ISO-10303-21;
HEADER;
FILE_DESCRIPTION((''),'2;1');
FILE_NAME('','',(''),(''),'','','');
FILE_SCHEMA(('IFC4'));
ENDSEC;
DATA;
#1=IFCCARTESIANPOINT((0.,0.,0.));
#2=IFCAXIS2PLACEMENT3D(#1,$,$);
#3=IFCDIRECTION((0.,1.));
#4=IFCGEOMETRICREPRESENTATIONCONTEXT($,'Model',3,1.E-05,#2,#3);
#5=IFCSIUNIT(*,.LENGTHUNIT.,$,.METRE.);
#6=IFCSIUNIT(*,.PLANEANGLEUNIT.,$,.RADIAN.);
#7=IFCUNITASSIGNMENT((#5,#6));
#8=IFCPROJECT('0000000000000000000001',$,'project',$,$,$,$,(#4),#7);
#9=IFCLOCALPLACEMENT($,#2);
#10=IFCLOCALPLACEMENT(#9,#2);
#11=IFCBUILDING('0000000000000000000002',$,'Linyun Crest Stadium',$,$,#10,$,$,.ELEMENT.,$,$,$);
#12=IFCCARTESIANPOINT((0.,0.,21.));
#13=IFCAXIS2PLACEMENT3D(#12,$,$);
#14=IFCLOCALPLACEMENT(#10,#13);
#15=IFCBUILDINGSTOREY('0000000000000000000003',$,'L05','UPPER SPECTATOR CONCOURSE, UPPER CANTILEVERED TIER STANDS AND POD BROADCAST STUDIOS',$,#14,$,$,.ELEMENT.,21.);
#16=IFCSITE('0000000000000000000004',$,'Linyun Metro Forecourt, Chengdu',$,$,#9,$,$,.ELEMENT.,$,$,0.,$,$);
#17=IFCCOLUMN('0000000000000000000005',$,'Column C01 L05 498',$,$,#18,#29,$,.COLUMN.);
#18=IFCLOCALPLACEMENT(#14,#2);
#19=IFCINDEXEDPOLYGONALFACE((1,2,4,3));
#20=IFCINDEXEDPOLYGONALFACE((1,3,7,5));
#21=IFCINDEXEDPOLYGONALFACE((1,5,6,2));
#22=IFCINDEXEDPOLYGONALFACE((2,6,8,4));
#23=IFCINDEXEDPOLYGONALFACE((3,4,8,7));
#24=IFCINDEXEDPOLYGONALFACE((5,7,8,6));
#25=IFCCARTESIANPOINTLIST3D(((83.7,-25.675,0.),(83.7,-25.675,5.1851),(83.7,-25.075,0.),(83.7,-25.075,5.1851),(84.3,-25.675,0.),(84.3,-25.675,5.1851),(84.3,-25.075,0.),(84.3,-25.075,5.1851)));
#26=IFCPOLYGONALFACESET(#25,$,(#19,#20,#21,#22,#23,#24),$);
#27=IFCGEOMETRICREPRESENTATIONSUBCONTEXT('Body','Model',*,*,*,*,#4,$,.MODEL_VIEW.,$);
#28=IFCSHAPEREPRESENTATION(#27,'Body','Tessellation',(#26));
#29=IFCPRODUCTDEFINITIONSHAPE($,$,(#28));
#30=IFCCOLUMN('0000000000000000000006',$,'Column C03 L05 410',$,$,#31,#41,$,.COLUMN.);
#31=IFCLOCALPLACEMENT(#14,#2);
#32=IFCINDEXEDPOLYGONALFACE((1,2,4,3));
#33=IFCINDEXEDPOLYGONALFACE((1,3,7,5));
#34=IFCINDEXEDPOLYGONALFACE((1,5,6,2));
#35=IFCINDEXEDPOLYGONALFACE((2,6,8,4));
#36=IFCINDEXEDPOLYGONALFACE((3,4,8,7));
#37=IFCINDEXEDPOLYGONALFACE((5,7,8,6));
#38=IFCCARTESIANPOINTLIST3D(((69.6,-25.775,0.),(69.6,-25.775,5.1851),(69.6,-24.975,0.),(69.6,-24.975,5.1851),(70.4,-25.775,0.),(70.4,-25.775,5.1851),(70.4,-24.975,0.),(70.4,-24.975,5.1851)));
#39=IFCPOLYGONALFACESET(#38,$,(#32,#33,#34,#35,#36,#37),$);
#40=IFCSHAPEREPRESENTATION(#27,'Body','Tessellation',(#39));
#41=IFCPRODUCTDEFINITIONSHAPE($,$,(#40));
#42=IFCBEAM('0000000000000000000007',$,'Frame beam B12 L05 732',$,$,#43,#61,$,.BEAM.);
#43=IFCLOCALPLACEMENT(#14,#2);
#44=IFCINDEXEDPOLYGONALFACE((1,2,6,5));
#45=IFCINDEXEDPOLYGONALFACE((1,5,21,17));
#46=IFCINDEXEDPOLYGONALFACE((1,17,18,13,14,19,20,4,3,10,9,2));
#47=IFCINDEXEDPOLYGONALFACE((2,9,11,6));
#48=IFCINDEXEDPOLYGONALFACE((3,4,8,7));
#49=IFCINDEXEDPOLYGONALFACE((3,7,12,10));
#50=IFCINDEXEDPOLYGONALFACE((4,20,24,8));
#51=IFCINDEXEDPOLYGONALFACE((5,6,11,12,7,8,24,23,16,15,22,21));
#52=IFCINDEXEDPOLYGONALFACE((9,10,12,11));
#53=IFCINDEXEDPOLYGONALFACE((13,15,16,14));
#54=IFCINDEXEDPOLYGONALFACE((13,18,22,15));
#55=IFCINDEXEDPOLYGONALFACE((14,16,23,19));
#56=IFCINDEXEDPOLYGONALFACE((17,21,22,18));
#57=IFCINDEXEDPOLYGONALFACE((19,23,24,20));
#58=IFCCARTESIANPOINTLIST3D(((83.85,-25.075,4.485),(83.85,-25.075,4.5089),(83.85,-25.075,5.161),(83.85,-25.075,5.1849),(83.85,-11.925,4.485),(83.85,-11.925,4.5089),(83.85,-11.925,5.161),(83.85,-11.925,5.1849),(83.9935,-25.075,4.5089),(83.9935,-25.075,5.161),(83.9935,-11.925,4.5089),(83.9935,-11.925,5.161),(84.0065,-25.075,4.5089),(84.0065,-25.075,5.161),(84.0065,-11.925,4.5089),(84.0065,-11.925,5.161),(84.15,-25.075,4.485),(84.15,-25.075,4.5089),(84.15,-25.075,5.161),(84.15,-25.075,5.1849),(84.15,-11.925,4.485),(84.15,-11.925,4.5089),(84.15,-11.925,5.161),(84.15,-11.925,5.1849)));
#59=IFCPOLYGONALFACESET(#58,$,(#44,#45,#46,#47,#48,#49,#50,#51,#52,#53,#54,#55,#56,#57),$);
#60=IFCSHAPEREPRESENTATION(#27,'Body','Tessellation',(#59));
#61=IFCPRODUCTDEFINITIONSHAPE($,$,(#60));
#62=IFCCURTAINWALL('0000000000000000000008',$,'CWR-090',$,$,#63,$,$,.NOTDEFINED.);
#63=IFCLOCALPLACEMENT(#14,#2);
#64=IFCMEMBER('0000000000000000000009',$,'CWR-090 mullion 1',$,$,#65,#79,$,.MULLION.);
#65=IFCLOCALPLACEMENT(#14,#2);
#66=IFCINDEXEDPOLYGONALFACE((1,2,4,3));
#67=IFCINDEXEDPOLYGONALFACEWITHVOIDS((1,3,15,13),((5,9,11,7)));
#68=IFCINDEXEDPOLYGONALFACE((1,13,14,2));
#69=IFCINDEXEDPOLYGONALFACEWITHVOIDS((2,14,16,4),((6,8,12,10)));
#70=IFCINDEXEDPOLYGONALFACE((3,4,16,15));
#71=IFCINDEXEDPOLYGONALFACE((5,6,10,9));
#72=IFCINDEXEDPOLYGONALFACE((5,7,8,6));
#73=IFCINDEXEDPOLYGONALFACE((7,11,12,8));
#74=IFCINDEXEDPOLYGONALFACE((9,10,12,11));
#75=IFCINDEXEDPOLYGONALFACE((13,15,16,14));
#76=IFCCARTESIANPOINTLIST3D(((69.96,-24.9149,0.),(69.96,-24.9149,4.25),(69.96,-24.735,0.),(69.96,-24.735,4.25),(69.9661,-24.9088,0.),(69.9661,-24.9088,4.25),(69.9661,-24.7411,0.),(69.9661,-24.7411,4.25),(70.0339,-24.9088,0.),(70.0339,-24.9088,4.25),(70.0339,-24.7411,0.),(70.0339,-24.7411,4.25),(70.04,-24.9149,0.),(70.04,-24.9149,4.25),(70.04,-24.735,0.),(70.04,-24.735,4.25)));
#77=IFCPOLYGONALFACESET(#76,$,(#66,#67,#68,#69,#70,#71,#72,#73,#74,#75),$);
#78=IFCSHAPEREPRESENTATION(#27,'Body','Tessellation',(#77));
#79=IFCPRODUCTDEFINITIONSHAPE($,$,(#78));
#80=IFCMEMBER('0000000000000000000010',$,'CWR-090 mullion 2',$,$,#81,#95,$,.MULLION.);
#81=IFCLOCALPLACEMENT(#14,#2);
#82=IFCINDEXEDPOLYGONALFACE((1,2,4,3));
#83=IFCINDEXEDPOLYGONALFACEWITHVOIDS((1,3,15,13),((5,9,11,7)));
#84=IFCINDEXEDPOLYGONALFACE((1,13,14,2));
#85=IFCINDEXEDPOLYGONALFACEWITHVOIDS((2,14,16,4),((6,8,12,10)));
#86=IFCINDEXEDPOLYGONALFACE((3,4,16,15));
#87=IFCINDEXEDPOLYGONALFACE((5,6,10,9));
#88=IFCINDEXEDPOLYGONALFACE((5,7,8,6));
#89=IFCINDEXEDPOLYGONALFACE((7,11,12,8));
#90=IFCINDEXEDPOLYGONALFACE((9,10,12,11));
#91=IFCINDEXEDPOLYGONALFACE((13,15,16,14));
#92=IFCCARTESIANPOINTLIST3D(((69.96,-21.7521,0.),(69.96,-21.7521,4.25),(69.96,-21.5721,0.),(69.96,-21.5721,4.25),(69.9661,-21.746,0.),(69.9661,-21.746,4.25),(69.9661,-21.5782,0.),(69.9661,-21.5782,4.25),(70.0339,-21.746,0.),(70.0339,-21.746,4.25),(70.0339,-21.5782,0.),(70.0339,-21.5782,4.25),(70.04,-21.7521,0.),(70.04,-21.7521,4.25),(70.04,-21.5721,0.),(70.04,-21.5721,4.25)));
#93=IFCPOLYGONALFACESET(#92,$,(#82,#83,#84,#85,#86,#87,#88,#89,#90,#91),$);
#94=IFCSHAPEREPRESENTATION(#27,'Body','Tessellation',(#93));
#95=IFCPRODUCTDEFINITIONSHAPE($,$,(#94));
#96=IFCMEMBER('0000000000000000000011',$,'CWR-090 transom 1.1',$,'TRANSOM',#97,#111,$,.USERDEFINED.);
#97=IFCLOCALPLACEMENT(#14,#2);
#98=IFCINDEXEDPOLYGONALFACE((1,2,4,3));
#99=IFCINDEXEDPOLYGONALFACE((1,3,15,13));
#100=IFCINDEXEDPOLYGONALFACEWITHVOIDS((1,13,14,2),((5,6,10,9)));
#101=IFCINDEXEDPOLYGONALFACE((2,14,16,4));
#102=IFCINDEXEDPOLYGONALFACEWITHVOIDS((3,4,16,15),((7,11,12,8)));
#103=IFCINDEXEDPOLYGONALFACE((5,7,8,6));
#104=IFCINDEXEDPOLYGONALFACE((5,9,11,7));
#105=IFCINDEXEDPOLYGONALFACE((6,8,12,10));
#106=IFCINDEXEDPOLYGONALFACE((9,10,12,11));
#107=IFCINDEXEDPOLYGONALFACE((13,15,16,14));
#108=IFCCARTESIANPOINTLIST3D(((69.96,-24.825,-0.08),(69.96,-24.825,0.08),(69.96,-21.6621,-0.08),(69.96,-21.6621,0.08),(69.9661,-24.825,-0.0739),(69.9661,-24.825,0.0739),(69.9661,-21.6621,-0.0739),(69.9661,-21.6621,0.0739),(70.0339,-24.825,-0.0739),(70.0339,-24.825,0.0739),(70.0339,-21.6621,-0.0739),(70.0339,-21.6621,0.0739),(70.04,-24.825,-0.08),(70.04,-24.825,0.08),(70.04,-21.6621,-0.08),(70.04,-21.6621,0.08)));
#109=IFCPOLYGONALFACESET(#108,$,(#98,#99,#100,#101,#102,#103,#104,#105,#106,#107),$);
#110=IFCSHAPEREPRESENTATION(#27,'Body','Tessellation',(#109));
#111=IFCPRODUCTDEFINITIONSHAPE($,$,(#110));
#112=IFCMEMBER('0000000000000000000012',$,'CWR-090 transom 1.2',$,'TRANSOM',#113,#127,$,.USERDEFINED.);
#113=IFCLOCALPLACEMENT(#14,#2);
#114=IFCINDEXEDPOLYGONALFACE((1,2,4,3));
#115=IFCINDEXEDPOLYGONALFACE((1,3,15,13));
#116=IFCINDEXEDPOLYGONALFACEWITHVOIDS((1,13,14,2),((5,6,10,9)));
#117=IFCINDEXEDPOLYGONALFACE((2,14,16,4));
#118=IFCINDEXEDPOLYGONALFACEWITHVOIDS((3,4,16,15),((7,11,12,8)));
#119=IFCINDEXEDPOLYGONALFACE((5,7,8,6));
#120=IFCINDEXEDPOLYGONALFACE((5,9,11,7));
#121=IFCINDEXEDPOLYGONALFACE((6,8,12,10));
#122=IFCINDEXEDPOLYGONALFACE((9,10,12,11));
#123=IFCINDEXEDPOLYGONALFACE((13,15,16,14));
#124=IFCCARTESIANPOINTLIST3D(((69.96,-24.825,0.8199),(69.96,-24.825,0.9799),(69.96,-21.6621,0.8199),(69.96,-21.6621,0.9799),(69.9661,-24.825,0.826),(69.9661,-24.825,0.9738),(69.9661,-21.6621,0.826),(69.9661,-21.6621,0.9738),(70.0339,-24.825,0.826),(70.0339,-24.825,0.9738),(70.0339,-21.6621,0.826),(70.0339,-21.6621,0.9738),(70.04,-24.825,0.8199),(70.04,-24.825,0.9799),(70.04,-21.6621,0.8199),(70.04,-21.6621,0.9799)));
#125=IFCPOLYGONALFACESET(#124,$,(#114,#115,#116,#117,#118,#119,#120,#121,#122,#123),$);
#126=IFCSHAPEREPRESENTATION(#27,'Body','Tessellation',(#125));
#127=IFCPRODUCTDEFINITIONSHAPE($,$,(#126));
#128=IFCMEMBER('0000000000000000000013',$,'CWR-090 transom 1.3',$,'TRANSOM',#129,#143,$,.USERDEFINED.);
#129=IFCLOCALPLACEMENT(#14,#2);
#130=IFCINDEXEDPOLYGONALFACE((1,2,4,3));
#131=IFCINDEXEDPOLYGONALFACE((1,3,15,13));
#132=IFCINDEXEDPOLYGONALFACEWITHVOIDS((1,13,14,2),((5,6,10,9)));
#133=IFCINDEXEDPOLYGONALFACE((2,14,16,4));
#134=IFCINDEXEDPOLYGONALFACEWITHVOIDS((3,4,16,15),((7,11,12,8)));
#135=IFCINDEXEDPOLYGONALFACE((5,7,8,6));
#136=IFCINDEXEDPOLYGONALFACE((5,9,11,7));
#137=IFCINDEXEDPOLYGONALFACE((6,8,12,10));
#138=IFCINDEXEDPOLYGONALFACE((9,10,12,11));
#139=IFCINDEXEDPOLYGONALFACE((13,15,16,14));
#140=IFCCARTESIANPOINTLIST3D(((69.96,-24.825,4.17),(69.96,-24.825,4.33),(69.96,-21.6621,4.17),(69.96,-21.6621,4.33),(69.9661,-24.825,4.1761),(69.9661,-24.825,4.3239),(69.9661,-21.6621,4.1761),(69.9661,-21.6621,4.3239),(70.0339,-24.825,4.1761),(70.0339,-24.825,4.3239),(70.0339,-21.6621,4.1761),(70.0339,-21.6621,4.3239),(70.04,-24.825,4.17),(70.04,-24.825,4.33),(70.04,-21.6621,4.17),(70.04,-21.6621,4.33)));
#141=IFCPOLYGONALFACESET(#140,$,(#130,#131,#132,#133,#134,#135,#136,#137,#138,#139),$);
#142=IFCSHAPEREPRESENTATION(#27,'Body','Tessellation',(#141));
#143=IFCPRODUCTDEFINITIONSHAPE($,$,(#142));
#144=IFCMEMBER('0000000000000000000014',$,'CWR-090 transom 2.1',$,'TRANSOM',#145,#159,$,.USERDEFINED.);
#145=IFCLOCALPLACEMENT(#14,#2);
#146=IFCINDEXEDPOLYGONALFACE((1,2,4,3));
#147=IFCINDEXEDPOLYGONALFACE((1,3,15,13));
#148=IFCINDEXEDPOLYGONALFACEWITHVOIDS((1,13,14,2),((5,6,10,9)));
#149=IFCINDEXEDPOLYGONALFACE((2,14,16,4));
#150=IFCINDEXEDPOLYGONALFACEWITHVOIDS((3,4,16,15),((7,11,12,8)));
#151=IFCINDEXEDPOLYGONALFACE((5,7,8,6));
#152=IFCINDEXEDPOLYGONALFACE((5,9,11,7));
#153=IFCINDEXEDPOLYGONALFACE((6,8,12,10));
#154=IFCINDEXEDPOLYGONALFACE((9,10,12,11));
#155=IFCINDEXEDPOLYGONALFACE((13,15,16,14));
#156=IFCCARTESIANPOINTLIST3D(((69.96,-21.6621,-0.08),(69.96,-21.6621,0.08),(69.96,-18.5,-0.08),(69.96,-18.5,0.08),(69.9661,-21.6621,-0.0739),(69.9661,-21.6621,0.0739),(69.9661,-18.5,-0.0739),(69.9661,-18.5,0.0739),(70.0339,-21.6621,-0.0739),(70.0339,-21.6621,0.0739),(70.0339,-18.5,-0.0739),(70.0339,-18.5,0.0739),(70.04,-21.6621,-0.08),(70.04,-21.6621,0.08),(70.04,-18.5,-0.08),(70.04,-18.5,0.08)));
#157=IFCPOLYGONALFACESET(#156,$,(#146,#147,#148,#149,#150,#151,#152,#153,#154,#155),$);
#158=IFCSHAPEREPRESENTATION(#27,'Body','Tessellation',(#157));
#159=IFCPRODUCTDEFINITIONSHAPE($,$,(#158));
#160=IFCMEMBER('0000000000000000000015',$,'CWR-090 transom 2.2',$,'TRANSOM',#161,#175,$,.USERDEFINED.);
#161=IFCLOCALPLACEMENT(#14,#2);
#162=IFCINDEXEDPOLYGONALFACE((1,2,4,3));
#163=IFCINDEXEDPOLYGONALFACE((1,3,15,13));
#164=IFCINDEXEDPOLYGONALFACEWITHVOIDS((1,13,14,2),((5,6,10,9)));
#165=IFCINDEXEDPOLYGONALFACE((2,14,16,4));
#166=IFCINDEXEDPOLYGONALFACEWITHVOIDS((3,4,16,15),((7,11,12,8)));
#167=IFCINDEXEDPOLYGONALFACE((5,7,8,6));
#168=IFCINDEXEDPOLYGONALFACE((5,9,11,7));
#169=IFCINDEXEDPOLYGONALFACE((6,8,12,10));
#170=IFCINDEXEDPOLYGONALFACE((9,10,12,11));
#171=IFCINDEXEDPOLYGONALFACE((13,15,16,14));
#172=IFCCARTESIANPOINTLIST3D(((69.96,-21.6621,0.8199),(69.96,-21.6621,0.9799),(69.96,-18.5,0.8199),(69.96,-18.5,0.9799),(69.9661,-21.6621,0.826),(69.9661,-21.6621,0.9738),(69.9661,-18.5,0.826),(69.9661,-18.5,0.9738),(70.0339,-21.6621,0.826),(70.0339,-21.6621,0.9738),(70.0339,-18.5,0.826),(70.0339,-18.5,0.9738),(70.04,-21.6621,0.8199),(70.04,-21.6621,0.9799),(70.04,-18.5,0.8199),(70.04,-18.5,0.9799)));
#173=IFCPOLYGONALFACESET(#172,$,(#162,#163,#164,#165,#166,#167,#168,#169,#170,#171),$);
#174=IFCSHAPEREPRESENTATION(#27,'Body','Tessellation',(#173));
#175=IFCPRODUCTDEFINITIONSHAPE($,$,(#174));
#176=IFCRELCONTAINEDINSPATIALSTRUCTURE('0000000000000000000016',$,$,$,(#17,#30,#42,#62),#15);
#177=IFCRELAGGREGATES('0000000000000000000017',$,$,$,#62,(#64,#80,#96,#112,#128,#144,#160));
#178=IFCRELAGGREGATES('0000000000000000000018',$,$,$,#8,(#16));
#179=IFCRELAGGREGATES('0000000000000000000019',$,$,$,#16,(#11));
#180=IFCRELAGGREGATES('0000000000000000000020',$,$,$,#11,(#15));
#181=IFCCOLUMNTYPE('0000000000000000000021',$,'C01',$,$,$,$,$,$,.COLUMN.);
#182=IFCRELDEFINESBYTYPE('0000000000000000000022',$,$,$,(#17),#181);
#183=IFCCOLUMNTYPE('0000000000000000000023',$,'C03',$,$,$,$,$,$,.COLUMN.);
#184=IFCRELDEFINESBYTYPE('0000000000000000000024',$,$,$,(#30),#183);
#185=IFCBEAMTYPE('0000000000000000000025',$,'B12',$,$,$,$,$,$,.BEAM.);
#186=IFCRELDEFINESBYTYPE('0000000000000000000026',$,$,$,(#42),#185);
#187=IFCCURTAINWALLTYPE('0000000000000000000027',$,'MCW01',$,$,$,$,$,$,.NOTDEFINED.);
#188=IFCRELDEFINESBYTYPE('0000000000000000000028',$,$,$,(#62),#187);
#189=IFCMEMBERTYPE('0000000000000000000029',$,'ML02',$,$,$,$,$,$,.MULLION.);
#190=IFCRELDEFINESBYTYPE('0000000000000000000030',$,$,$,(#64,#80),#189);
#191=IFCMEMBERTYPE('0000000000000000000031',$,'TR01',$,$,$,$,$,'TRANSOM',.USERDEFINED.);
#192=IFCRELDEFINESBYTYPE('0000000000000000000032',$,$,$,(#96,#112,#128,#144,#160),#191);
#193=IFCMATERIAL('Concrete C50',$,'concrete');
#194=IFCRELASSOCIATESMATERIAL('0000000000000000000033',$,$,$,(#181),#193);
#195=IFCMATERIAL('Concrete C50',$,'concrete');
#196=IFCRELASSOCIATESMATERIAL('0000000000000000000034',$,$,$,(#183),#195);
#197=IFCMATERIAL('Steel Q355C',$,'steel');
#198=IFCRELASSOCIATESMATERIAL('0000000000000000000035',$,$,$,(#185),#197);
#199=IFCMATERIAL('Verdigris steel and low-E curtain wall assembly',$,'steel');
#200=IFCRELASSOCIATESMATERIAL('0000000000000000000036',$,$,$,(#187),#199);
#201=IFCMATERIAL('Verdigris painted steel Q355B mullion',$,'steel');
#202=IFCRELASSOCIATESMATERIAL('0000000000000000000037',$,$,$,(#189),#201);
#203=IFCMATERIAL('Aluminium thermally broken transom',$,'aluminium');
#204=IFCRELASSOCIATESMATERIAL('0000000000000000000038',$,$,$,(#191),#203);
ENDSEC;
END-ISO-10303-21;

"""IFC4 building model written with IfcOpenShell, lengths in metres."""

from ifc_helpers import new_model, si_unit, direction, frame, origin, origin_2d, place, context, subcontext, project, spatial, rectangle, hollow_rectangle, i_section, extrude, material, material_profile, profile_set, type_object, element, aggregate, save


model = new_model("IFC4")

# Units and contexts
model_context = context("Model", 3, precision=1e-05, world=origin(), true_north=direction((0.0, 1.0)))
body_context = subcontext(model_context, "Body", "Model", "MODEL_VIEW")
ifc_project = project(units=[si_unit("LENGTHUNIT", "METRE"), si_unit("PLANEANGLEUNIT", "RADIAN")], contexts=[model_context])

# Site, building, storey
site_placement = place(None, origin())
site = spatial("IfcSite", under=ifc_project, at=site_placement, Name="Linyun Metro Forecourt, Chengdu", CompositionType="ELEMENT", RefElevation=0.0)
building_placement = place(site_placement, origin())
building = spatial("IfcBuilding", under=site, at=building_placement, Name="Linyun Crest Stadium", CompositionType="ELEMENT")
storey_placement = place(building_placement, frame((0.0, 0.0, 21.0)))
storey = spatial("IfcBuildingStorey", under=building, at=storey_placement, Name="L05", Description="UPPER SPECTATOR CONCOURSE, UPPER CANTILEVERED TIER STANDS AND POD BROADCAST STUDIOS", CompositionType="ELEMENT", Elevation=21.0)

# Columns
ifc_material_1 = material(Name="Concrete C50", Category="concrete")
ifc_material_profile_1 = material_profile(ifc_material_1, rectangle(XDim=0.6001, YDim=0.6001, at=origin_2d()), Name="RC 600x600")
ifc_profile_set_1 = profile_set([ifc_material_profile_1], Name="Concrete C50")
column_type_1 = type_object("IfcColumnType", Name="C01", PredefinedType="COLUMN", material=ifc_profile_set_1)
column_1_placement = place(storey_placement, frame((84.0, -25.375, 0.0), z_axis=(0.0, 0.0, 1.0), x_axis=(1.0, 0.0, 0.0)))
element("IfcColumn", 1, at=column_1_placement, inside=storey, type_object=column_type_1, Name="Column C01 L05 498", PredefinedType="COLUMN", context=body_context, shape_type="SweptSolid", body=[
    extrude(rectangle(XDim=0.6001, YDim=0.6001, at=origin_2d()), origin(), (0.0, 0.0, 1.0), 5.1851),
])
ifc_material_2 = material(Name="Concrete C50", Category="concrete")
ifc_material_profile_2 = material_profile(ifc_material_2, rectangle(XDim=0.8, YDim=0.8, at=origin_2d()), Name="RC 800x800")
ifc_profile_set_2 = profile_set([ifc_material_profile_2], Name="Concrete C50")
column_type_2 = type_object("IfcColumnType", Name="C03", PredefinedType="COLUMN", material=ifc_profile_set_2)
column_2_placement = place(storey_placement, frame((70.0, -25.375, 0.0), z_axis=(0.0, 0.0, 1.0), x_axis=(1.0, 0.0, 0.0)))
element("IfcColumn", 2, at=column_2_placement, inside=storey, type_object=column_type_2, Name="Column C03 L05 410", PredefinedType="COLUMN", context=body_context, shape_type="SweptSolid", body=[
    extrude(rectangle(XDim=0.8, YDim=0.8, at=origin_2d()), origin(), (0.0, 0.0, 1.0), 5.1851),
])

# Beam
ifc_material_3 = material(Name="Steel Q355C", Category="steel")
ifc_material_profile_3 = material_profile(ifc_material_3, i_section(OverallWidth=0.3, OverallDepth=0.7, WebThickness=0.0129, FlangeThickness=0.0239, at=origin_2d()), Name="HN 700x300")
ifc_profile_set_3 = profile_set([ifc_material_profile_3], Name="Steel Q355C")
beam_type = type_object("IfcBeamType", Name="B12", PredefinedType="BEAM", material=ifc_profile_set_3)
beam_placement = place(storey_placement, frame((84.0, -25.075, 4.835), z_axis=(0.0, 1.0, 0.0), x_axis=(-1.0, 0.0, 0.0)))
element("IfcBeam", 3, at=beam_placement, inside=storey, type_object=beam_type, Name="Frame beam B12 L05 732", PredefinedType="BEAM", context=body_context, shape_type="SweptSolid", body=[
    extrude(i_section(OverallWidth=0.3, OverallDepth=0.7, WebThickness=0.0129, FlangeThickness=0.0239, at=origin_2d()), origin(), (0.0, 0.0, 1.0), 13.1499),
])

# Curtain wall, members
ifc_material_4 = material(Name="Verdigris steel and low-E curtain wall assembly", Category="steel")
curtain_wall_type = type_object("IfcCurtainWallType", Name="MCW01", PredefinedType="NOTDEFINED", material=ifc_material_4)
curtain_wall_placement = place(storey_placement, origin())
curtain_wall = element("IfcCurtainWall", 4, at=curtain_wall_placement, inside=storey, type_object=curtain_wall_type, Name="CWR-090", PredefinedType="NOTDEFINED")
ifc_material_5 = material(Name="Verdigris painted steel Q355B mullion", Category="steel")
ifc_material_profile_4 = material_profile(ifc_material_5, hollow_rectangle(XDim=0.0801, YDim=0.1799, WallThickness=0.0061, at=origin_2d()), Name="RHS 180x80x6")
ifc_profile_set_4 = profile_set([ifc_material_profile_4], Name="Verdigris painted steel Q355B mullion")
member_type_1 = type_object("IfcMemberType", Name="ML02", PredefinedType="MULLION", material=ifc_profile_set_4)
member_1_placement = place(storey_placement, frame((70.0, -24.825, 0.0), z_axis=(0.0, 0.0, 1.0), x_axis=(-1.0, 0.0, 0.0)))
member_1 = element("IfcMember", 5, at=member_1_placement, type_object=member_type_1, Name="CWR-090 mullion 1", PredefinedType="MULLION", context=body_context, shape_type="SweptSolid", body=[
    extrude(hollow_rectangle(XDim=0.0801, YDim=0.1799, WallThickness=0.0061, at=origin_2d()), origin(), (0.0, 0.0, 1.0), 4.25),
])
member_2_placement = place(storey_placement, frame((70.0, -21.6621, 0.0), z_axis=(0.0, 0.0, 1.0), x_axis=(-1.0, 0.0, 0.0)))
member_2 = element("IfcMember", 6, at=member_2_placement, type_object=member_type_1, Name="CWR-090 mullion 2", PredefinedType="MULLION", context=body_context, shape_type="SweptSolid", body=[
    extrude(hollow_rectangle(XDim=0.0801, YDim=0.1799, WallThickness=0.0061, at=origin_2d()), origin(), (0.0, 0.0, 1.0), 4.25),
])
ifc_material_6 = material(Name="Aluminium thermally broken transom", Category="aluminium")
ifc_material_profile_5 = material_profile(ifc_material_6, hollow_rectangle(XDim=0.0801, YDim=0.1599, WallThickness=0.0061, at=origin_2d()), Name="RHS 160x80x6")
ifc_profile_set_5 = profile_set([ifc_material_profile_5], Name="Aluminium thermally broken transom")
member_type_2 = type_object("IfcMemberType", Name="TR01", ElementType="TRANSOM", PredefinedType="USERDEFINED", material=ifc_profile_set_5)
member_3_placement = place(storey_placement, frame((70.0, -24.825, 0.0), z_axis=(0.0, 1.0, 0.0), x_axis=(-1.0, 0.0, 0.0)))
member_3 = element("IfcMember", 7, at=member_3_placement, type_object=member_type_2, Name="CWR-090 transom 1.1", ObjectType="TRANSOM", PredefinedType="USERDEFINED", context=body_context, shape_type="SweptSolid", body=[
    extrude(hollow_rectangle(XDim=0.0801, YDim=0.1599, WallThickness=0.0061, at=origin_2d()), origin(), (0.0, 0.0, 1.0), 3.1628),
])
member_4_placement = place(storey_placement, frame((70.0, -24.825, 0.8999), z_axis=(0.0, 1.0, 0.0), x_axis=(-1.0, 0.0, 0.0)))
member_4 = element("IfcMember", 8, at=member_4_placement, type_object=member_type_2, Name="CWR-090 transom 1.2", ObjectType="TRANSOM", PredefinedType="USERDEFINED", context=body_context, shape_type="SweptSolid", body=[
    extrude(hollow_rectangle(XDim=0.0801, YDim=0.1599, WallThickness=0.0061, at=origin_2d()), origin(), (0.0, 0.0, 1.0), 3.1628),
])
member_5_placement = place(storey_placement, frame((70.0, -24.825, 4.25), z_axis=(0.0, 1.0, 0.0), x_axis=(-1.0, 0.0, 0.0)))
member_5 = element("IfcMember", 9, at=member_5_placement, type_object=member_type_2, Name="CWR-090 transom 1.3", ObjectType="TRANSOM", PredefinedType="USERDEFINED", context=body_context, shape_type="SweptSolid", body=[
    extrude(hollow_rectangle(XDim=0.0801, YDim=0.1599, WallThickness=0.0061, at=origin_2d()), origin(), (0.0, 0.0, 1.0), 3.1628),
])
member_6_placement = place(storey_placement, frame((70.0, -21.6621, 0.0), z_axis=(0.0, 1.0, 0.0), x_axis=(-1.0, 0.0, 0.0)))
member_6 = element("IfcMember", 10, at=member_6_placement, type_object=member_type_2, Name="CWR-090 transom 2.1", ObjectType="TRANSOM", PredefinedType="USERDEFINED", context=body_context, shape_type="SweptSolid", body=[
    extrude(hollow_rectangle(XDim=0.0801, YDim=0.1599, WallThickness=0.0061, at=origin_2d()), origin(), (0.0, 0.0, 1.0), 3.1621),
])
member_7_placement = place(storey_placement, frame((70.0, -21.6621, 0.8999), z_axis=(0.0, 1.0, 0.0), x_axis=(-1.0, 0.0, 0.0)))
member_7 = element("IfcMember", 11, at=member_7_placement, type_object=member_type_2, Name="CWR-090 transom 2.2", ObjectType="TRANSOM", PredefinedType="USERDEFINED", context=body_context, shape_type="SweptSolid", body=[
    extrude(hollow_rectangle(XDim=0.0801, YDim=0.1599, WallThickness=0.0061, at=origin_2d()), origin(), (0.0, 0.0, 1.0), 3.1621),
])
aggregate(curtain_wall, [member_1, member_2, member_3, member_4, member_5, member_6, member_7])

save(model, "model.ifc")
